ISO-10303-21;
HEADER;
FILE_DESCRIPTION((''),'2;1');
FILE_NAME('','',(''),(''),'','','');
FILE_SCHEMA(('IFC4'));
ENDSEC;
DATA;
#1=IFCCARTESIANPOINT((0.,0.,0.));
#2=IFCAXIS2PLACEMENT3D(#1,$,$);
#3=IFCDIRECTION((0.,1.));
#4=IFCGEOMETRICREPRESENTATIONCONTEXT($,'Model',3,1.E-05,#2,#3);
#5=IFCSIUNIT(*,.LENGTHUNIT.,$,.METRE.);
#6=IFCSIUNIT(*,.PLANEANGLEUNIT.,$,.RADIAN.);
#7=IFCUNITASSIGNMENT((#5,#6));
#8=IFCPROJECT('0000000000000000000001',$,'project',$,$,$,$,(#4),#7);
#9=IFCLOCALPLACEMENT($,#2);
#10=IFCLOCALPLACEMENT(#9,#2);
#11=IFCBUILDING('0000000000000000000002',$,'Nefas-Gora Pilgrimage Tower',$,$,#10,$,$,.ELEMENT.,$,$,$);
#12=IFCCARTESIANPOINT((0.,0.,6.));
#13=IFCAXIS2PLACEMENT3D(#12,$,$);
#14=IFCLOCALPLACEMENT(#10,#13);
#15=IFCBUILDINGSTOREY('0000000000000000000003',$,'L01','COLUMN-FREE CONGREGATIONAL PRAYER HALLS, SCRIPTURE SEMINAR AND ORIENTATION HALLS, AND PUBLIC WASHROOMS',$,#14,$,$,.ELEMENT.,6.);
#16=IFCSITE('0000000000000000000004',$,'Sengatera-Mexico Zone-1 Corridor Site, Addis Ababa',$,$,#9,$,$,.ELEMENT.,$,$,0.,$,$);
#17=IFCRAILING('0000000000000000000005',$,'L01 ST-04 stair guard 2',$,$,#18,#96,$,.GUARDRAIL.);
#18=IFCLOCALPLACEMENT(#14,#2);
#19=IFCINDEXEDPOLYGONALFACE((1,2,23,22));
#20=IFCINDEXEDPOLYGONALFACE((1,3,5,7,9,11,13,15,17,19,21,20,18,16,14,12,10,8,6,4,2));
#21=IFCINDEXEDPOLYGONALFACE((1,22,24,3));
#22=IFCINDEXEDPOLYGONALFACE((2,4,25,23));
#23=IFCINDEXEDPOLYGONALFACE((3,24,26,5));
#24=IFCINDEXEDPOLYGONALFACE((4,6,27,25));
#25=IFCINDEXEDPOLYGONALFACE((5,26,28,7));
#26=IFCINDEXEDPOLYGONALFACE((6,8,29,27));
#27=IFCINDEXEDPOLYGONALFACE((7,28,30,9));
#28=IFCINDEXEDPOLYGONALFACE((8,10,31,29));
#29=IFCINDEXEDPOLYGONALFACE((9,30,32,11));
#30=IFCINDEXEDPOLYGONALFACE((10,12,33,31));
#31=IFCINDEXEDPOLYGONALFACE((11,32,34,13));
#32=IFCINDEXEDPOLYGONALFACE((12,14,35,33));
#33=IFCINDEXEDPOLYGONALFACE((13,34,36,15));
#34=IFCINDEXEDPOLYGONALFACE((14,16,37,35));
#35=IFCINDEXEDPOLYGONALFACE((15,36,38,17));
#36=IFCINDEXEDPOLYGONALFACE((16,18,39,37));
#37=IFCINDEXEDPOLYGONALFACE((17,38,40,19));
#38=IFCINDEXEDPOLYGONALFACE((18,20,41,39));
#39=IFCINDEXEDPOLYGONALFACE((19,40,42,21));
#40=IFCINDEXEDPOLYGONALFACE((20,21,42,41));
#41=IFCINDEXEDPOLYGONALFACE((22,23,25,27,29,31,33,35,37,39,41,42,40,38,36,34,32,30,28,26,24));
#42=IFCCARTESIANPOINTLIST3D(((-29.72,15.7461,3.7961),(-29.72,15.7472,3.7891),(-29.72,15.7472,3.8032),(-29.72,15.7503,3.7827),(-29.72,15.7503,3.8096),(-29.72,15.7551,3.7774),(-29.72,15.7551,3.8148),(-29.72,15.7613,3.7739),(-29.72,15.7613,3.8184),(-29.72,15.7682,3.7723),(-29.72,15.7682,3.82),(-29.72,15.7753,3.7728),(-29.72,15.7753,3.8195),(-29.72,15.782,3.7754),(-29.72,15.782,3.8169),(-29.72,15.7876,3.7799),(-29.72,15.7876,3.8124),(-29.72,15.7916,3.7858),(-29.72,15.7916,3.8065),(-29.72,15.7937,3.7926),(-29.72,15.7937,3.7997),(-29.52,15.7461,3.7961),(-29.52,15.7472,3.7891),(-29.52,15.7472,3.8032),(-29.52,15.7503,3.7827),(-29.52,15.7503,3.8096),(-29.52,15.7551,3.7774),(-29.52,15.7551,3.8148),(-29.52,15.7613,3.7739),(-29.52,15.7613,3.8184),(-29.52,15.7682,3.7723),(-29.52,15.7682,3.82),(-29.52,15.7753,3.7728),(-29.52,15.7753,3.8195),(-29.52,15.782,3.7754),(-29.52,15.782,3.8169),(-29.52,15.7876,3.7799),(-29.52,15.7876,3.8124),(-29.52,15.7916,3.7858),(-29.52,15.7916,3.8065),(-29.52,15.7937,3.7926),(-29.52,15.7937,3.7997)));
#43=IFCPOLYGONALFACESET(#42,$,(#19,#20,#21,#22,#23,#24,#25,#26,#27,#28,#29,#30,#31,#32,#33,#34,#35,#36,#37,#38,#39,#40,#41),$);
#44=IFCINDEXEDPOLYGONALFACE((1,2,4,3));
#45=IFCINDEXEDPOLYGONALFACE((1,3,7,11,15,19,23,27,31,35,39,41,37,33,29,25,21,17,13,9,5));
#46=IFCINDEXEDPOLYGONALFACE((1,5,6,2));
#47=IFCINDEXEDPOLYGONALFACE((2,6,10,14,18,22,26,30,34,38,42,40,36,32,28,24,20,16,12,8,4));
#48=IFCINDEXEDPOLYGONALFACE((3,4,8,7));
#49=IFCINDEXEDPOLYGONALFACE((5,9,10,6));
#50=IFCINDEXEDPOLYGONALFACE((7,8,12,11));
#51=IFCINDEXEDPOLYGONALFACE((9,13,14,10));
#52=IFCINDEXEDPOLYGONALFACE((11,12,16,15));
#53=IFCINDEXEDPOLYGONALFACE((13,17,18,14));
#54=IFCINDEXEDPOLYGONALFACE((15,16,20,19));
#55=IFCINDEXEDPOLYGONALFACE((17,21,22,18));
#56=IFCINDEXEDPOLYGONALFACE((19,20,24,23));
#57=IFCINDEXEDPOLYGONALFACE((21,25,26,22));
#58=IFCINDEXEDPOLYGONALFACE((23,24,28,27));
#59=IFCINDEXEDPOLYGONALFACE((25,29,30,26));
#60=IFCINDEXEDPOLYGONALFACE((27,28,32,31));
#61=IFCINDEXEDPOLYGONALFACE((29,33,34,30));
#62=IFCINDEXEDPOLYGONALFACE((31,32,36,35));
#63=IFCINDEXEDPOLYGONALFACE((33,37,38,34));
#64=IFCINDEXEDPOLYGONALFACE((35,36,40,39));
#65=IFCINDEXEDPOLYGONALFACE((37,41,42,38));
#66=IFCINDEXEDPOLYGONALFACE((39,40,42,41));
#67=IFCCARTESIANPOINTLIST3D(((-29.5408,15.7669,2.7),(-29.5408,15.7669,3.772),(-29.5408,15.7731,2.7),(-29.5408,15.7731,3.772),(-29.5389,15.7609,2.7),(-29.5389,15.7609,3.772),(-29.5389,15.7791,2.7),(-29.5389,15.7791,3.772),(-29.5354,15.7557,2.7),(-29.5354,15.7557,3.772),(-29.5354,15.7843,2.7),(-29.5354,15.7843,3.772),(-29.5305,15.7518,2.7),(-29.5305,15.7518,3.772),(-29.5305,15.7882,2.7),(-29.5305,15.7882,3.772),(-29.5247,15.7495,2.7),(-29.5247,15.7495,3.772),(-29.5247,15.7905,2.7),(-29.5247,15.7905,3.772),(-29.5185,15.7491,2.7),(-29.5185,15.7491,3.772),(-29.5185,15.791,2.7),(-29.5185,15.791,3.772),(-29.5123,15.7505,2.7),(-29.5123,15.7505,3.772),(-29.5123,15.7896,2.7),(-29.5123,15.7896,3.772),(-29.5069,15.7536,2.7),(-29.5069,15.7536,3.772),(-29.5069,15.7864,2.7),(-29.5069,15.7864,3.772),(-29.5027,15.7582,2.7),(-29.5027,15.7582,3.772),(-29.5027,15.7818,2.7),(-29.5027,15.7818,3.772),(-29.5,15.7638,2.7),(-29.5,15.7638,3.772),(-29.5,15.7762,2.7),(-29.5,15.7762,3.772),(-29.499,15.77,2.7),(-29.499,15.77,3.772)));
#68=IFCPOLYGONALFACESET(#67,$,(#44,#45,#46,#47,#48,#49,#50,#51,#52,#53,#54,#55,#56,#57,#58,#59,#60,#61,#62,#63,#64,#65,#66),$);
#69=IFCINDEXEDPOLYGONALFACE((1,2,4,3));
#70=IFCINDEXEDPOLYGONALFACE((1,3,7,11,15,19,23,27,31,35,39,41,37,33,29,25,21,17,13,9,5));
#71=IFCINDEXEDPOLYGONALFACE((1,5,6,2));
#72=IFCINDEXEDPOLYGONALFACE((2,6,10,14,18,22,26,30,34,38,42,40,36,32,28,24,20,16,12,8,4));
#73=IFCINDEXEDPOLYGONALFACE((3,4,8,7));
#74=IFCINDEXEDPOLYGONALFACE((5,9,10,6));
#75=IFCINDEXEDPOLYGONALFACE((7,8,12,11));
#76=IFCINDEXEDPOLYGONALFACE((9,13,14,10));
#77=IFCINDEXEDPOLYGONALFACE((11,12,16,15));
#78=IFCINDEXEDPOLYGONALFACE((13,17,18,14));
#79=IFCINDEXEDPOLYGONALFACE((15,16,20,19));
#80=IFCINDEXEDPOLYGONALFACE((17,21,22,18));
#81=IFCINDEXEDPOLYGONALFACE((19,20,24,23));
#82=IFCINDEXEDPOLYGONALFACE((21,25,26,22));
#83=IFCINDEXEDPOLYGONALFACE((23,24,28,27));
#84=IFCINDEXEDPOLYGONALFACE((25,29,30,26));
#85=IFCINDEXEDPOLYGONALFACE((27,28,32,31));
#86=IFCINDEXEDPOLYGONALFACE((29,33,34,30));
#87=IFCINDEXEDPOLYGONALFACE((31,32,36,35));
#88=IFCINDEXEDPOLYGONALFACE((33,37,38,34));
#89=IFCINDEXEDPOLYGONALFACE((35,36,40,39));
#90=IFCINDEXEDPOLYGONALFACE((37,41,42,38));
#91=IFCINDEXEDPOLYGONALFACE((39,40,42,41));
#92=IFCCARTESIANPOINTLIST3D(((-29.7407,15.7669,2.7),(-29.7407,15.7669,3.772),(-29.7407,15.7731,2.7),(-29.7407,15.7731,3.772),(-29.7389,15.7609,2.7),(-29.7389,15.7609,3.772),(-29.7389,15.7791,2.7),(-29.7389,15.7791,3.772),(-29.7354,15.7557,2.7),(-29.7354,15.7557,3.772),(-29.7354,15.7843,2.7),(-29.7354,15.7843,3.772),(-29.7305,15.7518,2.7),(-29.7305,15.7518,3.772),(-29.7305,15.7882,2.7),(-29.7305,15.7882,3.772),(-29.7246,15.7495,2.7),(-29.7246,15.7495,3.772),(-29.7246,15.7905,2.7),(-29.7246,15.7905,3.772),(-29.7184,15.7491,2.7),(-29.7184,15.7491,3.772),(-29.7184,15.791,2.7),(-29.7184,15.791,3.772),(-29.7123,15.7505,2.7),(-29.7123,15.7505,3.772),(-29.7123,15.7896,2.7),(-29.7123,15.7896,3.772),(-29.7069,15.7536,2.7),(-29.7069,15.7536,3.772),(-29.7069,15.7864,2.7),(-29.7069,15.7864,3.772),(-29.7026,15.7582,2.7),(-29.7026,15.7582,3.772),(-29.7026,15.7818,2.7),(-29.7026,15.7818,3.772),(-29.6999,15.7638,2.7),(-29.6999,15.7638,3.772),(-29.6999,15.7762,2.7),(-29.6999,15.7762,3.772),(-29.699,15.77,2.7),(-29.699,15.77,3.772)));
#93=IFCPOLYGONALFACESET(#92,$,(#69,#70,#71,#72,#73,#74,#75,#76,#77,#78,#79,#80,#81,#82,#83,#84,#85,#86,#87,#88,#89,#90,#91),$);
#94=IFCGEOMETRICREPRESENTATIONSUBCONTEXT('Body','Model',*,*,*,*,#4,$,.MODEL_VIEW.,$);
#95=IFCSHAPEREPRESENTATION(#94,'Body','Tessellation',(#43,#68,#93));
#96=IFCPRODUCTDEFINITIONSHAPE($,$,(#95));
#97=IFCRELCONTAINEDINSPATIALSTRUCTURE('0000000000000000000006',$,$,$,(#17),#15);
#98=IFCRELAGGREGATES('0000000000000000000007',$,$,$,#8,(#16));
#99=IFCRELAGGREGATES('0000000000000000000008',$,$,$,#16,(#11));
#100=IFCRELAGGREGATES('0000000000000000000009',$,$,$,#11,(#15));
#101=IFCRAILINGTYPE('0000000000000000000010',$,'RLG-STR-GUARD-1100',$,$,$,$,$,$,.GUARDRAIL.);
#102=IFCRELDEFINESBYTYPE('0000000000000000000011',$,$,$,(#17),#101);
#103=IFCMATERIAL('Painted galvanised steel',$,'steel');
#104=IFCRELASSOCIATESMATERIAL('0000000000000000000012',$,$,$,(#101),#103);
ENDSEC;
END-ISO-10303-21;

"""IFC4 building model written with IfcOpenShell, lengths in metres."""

from ifc_helpers import new_model, si_unit, direction, frame, origin, origin_2d, place, context, subcontext, project, spatial, circle, extrude, material, type_object, element, save


model = new_model("IFC4")

# Units and contexts
model_context = context("Model", 3, precision=1e-05, world=origin(), true_north=direction((0.0, 1.0)))
body_context = subcontext(model_context, "Body", "Model", "MODEL_VIEW")
ifc_project = project(units=[si_unit("LENGTHUNIT", "METRE"), si_unit("PLANEANGLEUNIT", "RADIAN")], contexts=[model_context])

# Site, building, storey
site_placement = place(None, origin())
site = spatial("IfcSite", under=ifc_project, at=site_placement, Name="Sengatera-Mexico Zone-1 Corridor Site, Addis Ababa", CompositionType="ELEMENT", RefElevation=0.0)
building_placement = place(site_placement, origin())
building = spatial("IfcBuilding", under=site, at=building_placement, Name="Nefas-Gora Pilgrimage Tower", CompositionType="ELEMENT")
storey_placement = place(building_placement, frame((0.0, 0.0, 6.0)))
storey = spatial("IfcBuildingStorey", under=building, at=storey_placement, Name="L01", Description="COLUMN-FREE CONGREGATIONAL PRAYER HALLS, SCRIPTURE SEMINAR AND ORIENTATION HALLS, AND PUBLIC WASHROOMS", CompositionType="ELEMENT", Elevation=6.0)

# Railing
ifc_material_1 = material(Name="Painted galvanised steel", Category="steel")
railing_type_1 = type_object("IfcRailingType", Name="RLG-STR-GUARD-1100", PredefinedType="GUARDRAIL", material=ifc_material_1)
railing_1_placement = place(storey_placement, frame((-29.52, 15.77, 2.7)))
element("IfcRailing", 1, at=railing_1_placement, inside=storey, type_object=railing_type_1, Name="L01 ST-04 stair guard 2", PredefinedType="GUARDRAIL", context=body_context, shape_type="SweptSolid", body=[
    extrude(circle(Radius=0.0239, at=origin_2d()), frame((0.0, 0.0, 1.0962), z_axis=(-1.0, 0.0, 0.0), x_axis=(0.0, -1.0, 0.0)), (0.0, 0.0, 1.0), 0.2),
    extrude(circle(Radius=0.021, at=origin_2d()), origin(), (0.0, 0.0, 1.0), 1.072),
    extrude(circle(Radius=0.021, at=origin_2d()), frame((-0.2, 0.0, 0.0)), (0.0, 0.0, 1.0), 1.072),
])

save(model, "model.ifc")
